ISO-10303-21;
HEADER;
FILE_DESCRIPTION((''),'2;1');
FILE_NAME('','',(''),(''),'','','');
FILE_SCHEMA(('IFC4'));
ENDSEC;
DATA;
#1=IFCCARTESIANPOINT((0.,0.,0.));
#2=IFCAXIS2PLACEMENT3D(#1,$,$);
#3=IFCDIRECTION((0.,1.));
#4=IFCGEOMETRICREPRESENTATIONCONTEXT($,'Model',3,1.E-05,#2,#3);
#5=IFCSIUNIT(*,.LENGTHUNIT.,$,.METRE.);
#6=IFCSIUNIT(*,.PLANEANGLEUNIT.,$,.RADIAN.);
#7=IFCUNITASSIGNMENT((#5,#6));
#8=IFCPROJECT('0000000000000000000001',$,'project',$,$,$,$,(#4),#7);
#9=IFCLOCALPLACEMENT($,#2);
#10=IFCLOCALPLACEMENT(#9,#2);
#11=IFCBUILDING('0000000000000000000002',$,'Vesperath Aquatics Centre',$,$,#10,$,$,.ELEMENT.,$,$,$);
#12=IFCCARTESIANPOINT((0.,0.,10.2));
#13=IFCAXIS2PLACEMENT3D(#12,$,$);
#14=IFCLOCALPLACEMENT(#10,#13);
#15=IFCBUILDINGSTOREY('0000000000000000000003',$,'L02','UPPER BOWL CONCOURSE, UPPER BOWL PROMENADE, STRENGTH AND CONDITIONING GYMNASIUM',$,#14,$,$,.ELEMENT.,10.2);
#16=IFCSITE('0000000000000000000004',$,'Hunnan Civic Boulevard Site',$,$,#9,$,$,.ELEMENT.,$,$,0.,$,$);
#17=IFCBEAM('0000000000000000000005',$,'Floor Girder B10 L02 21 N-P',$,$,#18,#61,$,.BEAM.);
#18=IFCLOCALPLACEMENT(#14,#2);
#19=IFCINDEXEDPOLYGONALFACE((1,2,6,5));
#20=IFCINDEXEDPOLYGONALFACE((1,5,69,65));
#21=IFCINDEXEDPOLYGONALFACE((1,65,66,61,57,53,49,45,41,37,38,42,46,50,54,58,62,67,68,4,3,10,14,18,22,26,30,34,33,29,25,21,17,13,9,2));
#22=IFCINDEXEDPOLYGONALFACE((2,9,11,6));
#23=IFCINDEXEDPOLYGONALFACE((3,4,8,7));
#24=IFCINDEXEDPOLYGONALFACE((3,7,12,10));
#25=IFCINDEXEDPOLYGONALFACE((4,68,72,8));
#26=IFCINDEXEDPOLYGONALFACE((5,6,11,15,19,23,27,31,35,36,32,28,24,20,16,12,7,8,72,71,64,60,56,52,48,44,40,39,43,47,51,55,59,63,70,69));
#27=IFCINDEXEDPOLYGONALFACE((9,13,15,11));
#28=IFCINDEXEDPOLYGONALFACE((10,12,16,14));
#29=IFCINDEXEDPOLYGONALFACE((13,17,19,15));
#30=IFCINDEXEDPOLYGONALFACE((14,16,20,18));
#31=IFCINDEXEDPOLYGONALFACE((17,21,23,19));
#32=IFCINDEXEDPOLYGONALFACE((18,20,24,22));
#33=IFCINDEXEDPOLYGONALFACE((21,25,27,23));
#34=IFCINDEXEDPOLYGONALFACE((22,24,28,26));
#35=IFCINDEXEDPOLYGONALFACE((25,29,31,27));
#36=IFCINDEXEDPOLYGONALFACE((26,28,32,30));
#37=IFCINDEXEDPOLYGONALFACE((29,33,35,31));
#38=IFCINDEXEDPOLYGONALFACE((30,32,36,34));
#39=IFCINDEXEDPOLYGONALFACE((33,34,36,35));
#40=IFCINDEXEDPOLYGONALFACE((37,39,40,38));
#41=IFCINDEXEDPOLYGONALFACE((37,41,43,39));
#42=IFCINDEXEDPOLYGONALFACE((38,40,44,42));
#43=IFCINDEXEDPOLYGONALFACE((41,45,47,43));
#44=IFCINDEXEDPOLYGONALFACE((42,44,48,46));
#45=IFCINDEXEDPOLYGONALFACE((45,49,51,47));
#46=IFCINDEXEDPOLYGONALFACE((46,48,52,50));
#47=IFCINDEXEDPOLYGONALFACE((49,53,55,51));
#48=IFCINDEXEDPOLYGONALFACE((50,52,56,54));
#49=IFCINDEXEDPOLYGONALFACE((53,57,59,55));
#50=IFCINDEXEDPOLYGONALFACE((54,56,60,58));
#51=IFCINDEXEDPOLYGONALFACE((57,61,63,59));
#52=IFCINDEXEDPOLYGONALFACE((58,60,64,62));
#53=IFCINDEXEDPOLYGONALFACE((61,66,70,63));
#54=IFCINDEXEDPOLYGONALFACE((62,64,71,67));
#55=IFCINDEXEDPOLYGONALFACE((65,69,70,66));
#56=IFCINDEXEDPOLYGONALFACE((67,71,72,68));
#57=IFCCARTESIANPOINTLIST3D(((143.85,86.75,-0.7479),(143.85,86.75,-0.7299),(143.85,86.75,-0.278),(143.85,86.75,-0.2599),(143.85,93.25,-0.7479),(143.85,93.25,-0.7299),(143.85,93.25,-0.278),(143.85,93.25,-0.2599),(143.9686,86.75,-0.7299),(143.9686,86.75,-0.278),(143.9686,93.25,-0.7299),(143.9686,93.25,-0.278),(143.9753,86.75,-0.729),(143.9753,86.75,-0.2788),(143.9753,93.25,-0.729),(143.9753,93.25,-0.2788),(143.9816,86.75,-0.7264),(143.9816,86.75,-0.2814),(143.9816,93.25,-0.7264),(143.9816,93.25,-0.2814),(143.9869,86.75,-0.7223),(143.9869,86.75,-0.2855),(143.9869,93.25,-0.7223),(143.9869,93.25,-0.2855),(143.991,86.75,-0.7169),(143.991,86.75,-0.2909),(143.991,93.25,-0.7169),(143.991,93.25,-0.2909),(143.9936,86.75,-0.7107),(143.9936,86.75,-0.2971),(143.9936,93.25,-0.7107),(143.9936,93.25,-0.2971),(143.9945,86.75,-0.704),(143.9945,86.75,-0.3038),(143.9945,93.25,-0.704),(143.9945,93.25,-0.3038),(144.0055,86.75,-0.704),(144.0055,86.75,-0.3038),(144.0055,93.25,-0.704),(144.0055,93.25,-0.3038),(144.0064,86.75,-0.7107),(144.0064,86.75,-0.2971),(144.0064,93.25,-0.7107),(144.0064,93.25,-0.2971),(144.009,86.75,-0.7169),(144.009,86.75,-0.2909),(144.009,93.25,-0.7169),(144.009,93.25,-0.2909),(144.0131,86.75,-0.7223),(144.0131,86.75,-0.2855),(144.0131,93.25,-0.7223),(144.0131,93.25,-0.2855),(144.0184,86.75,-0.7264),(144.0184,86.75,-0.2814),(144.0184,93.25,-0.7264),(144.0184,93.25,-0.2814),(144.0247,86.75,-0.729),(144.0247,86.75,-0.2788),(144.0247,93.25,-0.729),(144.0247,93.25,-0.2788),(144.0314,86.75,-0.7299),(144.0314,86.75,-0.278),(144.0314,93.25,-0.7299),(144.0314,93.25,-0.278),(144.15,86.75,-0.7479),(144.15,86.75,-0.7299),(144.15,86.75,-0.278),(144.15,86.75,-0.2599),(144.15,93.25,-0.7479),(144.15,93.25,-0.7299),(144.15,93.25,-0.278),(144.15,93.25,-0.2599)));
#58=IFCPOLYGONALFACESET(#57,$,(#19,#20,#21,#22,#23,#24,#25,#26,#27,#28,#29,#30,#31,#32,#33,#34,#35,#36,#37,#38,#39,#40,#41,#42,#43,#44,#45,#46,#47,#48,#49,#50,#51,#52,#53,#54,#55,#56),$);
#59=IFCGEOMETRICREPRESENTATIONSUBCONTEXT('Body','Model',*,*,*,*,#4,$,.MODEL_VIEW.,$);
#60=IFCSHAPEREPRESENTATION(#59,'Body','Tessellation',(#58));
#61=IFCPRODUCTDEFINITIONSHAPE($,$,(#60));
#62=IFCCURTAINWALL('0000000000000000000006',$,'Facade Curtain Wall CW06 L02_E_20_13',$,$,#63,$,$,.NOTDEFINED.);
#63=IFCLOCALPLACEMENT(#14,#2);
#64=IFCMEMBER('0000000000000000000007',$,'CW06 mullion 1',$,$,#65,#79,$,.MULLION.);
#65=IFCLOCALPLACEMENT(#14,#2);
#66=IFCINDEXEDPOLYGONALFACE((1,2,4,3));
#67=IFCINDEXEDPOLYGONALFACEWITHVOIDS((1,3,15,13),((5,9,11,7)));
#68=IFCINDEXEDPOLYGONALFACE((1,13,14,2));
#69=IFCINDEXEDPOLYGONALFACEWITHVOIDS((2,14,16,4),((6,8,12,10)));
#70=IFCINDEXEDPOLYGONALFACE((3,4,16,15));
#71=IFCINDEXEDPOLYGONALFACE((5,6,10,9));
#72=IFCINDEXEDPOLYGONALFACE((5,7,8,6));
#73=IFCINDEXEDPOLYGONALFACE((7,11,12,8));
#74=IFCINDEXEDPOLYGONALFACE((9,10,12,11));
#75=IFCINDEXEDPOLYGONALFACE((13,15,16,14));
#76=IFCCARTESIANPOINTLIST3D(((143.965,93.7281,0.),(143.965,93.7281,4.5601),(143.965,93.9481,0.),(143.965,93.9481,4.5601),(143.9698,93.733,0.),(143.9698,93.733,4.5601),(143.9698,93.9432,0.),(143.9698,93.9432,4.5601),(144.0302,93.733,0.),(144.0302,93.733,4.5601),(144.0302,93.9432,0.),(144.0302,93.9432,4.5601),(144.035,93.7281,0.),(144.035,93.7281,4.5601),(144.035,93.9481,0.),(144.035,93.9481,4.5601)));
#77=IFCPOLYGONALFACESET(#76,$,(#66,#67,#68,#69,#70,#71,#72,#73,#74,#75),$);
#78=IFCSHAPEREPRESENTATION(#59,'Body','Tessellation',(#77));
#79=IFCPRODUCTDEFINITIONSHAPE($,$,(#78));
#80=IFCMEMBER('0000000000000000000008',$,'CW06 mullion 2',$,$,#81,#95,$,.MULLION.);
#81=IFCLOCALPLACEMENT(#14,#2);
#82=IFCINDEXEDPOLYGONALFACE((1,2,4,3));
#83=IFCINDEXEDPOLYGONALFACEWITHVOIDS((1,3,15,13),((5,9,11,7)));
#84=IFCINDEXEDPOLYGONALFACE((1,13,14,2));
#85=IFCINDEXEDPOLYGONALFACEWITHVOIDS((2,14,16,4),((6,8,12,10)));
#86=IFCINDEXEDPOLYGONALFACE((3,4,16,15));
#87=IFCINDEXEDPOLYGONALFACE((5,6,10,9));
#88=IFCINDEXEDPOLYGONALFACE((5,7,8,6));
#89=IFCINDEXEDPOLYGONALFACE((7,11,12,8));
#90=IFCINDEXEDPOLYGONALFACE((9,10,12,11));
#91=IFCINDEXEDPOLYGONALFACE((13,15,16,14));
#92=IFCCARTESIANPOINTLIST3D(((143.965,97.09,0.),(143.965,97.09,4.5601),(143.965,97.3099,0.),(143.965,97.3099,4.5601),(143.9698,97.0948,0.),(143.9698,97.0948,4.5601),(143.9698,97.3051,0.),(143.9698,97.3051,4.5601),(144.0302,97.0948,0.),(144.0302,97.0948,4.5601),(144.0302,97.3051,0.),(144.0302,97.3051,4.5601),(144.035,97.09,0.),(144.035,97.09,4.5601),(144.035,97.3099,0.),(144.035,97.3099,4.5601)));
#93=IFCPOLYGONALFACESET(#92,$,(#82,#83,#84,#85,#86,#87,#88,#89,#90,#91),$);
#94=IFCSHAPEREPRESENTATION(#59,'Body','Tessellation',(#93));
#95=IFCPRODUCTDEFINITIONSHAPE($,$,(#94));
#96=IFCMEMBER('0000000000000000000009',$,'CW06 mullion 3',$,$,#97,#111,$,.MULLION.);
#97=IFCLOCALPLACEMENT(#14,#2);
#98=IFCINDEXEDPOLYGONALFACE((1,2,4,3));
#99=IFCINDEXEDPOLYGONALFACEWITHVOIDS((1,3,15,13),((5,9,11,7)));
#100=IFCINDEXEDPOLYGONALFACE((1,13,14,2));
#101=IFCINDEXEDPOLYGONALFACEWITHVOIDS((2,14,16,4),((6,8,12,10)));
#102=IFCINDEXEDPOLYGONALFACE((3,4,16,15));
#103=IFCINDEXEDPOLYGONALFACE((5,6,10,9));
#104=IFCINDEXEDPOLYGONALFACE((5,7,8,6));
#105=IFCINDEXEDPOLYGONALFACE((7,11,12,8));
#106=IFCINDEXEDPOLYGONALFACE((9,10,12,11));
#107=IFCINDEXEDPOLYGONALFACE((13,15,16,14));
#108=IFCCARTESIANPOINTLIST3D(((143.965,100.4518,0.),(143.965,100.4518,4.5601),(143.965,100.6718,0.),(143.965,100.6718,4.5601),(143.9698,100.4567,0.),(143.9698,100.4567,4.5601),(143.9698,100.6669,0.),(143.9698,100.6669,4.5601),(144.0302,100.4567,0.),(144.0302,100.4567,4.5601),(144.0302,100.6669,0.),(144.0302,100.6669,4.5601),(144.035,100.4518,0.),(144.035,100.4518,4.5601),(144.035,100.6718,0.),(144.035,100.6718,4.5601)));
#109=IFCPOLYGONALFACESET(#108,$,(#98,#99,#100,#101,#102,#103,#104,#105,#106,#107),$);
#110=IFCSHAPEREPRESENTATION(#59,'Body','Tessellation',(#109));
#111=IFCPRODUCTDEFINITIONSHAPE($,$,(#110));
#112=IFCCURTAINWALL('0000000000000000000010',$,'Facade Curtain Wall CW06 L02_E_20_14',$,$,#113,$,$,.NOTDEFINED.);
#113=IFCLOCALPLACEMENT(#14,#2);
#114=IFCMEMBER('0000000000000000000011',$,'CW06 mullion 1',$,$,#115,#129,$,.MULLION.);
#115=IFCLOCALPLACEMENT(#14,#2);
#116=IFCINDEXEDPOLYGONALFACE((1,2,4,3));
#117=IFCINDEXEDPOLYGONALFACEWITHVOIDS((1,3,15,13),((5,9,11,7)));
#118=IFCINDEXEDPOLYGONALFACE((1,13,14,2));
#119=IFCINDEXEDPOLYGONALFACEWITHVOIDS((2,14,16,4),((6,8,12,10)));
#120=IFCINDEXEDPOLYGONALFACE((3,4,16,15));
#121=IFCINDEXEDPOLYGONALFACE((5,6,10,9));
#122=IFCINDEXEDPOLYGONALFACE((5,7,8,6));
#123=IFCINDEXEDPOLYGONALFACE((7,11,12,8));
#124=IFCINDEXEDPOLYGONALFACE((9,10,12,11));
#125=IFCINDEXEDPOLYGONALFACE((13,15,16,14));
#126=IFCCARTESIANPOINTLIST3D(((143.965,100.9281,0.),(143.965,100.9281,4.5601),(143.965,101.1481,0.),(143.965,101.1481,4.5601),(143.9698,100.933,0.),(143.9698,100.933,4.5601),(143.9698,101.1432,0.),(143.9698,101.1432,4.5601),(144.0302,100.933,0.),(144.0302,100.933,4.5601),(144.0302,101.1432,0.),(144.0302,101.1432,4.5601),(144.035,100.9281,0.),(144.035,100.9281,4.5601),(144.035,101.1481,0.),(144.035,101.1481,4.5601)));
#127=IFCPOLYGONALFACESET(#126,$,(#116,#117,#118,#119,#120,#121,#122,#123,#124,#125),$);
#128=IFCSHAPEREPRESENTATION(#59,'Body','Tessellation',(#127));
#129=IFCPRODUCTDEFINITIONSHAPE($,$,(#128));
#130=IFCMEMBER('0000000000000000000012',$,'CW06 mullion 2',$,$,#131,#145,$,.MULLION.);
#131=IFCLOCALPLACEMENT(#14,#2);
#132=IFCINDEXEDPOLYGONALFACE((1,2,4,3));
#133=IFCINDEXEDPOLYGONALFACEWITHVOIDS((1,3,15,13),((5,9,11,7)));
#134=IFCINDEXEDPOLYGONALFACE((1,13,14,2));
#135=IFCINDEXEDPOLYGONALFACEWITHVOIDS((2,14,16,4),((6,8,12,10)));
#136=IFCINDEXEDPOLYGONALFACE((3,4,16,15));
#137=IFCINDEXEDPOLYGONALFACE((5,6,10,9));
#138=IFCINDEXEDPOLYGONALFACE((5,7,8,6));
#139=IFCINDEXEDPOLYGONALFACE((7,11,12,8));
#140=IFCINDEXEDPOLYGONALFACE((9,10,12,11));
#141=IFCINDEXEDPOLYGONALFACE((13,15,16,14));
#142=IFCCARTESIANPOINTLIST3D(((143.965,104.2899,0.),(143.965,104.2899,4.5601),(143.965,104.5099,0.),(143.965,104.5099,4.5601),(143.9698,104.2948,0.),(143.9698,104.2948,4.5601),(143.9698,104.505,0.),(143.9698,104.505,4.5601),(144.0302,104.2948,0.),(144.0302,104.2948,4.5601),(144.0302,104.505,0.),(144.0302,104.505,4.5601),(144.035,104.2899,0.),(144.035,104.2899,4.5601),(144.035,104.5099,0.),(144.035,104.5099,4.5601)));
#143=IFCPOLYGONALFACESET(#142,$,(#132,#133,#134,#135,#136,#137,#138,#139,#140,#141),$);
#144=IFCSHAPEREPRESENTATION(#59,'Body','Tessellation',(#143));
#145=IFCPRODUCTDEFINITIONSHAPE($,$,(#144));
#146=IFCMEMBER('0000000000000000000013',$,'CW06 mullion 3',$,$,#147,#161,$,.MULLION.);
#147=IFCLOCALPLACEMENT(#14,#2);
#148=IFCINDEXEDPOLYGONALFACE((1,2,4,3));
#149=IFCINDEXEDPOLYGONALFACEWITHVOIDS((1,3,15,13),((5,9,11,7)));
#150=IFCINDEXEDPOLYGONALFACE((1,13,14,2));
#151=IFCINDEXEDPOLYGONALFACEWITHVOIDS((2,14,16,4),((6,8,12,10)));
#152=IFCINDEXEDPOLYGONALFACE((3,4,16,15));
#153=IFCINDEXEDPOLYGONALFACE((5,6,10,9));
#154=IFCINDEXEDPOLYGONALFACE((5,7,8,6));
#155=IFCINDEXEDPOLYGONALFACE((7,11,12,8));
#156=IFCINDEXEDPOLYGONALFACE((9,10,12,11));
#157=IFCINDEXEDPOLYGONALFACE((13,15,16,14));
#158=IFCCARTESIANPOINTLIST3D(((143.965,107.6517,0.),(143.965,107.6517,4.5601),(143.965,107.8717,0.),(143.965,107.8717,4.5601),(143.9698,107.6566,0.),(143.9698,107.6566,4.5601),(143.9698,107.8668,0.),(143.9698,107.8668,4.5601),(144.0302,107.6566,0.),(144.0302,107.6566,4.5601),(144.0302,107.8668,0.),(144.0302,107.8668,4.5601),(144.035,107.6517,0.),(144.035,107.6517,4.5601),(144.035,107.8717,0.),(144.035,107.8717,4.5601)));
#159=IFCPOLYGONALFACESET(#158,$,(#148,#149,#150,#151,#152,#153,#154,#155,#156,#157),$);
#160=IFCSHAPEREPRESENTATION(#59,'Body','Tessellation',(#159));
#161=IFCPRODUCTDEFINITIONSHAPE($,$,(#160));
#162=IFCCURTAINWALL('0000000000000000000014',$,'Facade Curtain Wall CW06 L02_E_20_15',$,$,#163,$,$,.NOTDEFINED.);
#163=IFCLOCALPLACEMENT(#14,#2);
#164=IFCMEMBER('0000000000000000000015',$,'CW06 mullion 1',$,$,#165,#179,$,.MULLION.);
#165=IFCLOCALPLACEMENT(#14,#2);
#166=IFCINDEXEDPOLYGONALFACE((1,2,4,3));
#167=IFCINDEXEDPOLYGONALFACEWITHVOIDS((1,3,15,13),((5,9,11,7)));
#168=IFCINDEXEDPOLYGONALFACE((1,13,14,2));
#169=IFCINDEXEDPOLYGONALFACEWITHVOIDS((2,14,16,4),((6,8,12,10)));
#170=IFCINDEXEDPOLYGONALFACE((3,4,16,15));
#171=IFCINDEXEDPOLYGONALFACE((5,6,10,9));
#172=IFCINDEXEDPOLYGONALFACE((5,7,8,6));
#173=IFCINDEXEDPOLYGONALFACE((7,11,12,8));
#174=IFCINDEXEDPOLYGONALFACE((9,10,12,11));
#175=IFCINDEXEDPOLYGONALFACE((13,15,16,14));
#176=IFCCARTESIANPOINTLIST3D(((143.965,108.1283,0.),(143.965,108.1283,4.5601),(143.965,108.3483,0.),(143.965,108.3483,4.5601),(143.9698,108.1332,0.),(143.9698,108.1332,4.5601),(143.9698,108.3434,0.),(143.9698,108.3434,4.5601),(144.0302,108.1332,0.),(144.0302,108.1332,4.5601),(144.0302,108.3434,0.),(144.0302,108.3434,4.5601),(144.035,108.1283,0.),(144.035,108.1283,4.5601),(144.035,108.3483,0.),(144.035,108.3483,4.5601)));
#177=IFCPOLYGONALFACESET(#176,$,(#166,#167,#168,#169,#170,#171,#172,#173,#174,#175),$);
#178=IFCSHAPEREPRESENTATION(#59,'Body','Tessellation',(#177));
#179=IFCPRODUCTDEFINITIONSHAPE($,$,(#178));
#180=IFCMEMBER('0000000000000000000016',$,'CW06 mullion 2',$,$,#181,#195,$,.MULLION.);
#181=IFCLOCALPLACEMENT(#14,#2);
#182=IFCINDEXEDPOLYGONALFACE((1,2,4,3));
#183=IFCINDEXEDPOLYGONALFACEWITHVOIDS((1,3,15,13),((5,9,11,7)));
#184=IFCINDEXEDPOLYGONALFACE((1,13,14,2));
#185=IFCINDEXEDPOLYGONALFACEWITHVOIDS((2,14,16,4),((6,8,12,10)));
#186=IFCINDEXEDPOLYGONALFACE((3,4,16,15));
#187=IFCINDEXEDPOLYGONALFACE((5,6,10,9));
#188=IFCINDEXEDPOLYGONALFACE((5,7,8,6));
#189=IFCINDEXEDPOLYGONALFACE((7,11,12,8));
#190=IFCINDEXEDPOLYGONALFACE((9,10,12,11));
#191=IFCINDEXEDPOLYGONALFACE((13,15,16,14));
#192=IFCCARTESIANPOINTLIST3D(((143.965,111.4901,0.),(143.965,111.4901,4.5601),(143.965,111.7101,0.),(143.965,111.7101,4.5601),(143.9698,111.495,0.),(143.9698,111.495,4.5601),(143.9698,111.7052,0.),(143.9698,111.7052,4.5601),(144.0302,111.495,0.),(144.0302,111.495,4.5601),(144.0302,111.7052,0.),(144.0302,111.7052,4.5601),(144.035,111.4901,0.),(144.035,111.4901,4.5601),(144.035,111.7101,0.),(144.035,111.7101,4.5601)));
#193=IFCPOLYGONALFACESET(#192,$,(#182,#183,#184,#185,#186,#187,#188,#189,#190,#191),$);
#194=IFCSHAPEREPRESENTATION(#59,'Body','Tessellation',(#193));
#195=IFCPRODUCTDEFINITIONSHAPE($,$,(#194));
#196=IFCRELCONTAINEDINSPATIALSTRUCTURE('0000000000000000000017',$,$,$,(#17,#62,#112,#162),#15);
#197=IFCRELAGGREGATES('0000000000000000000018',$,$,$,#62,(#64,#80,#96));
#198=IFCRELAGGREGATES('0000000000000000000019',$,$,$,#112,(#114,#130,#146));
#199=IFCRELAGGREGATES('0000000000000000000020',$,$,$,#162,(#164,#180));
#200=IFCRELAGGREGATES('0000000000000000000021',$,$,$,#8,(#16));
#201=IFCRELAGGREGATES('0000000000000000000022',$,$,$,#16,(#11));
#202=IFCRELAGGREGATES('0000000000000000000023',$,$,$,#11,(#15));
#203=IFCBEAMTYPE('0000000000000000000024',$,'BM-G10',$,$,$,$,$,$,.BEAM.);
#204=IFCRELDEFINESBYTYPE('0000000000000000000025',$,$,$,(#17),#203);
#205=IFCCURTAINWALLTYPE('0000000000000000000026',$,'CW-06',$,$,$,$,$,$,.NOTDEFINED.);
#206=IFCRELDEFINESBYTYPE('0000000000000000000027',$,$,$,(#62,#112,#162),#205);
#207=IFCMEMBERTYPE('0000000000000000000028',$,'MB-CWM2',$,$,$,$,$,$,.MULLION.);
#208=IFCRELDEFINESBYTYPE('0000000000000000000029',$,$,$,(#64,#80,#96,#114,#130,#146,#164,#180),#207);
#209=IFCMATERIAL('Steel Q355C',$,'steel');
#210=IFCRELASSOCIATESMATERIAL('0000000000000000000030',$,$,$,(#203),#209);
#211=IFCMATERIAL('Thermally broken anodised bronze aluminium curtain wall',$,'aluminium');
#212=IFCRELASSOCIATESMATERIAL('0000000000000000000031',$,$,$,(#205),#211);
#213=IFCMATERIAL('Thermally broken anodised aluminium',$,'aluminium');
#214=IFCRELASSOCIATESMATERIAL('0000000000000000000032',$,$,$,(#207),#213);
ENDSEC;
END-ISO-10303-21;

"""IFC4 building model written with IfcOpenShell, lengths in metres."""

from ifc_helpers import new_model, si_unit, direction, frame, origin, origin_2d, place, context, subcontext, project, spatial, hollow_rectangle, i_section, extrude, material, material_profile, profile_set, type_object, element, aggregate, save


model = new_model("IFC4")

# Units and contexts
model_context = context("Model", 3, precision=1e-05, world=origin(), true_north=direction((0.0, 1.0)))
body_context = subcontext(model_context, "Body", "Model", "MODEL_VIEW")
ifc_project = project(units=[si_unit("LENGTHUNIT", "METRE"), si_unit("PLANEANGLEUNIT", "RADIAN")], contexts=[model_context])

# Site, building, storey
site_placement = place(None, origin())
site = spatial("IfcSite", under=ifc_project, at=site_placement, Name="Hunnan Civic Boulevard Site", CompositionType="ELEMENT", RefElevation=0.0)
building_placement = place(site_placement, origin())
building = spatial("IfcBuilding", under=site, at=building_placement, Name="Vesperath Aquatics Centre", CompositionType="ELEMENT")
storey_placement = place(building_placement, frame((0.0, 0.0, 10.2)))
storey = spatial("IfcBuildingStorey", under=building, at=storey_placement, Name="L02", Description="UPPER BOWL CONCOURSE, UPPER BOWL PROMENADE, STRENGTH AND CONDITIONING GYMNASIUM", CompositionType="ELEMENT", Elevation=10.2)

# Beam
ifc_material_1 = material(Name="Steel Q355C", Category="steel")
ifc_material_profile_1 = material_profile(ifc_material_1, i_section(OverallWidth=0.3, OverallDepth=0.488, WebThickness=0.011, FlangeThickness=0.0181, FilletRadius=0.0259, at=origin_2d()), Name="HM 488x300x11x18")
ifc_profile_set_1 = profile_set([ifc_material_profile_1], Name="Steel Q355C")
beam_type = type_object("IfcBeamType", Name="BM-G10", PredefinedType="BEAM", material=ifc_profile_set_1)
beam_placement = place(storey_placement, frame((144.0, 86.75, -0.5039), z_axis=(0.0, 1.0, 0.0), x_axis=(-1.0, 0.0, 0.0)))
element("IfcBeam", 1, at=beam_placement, inside=storey, type_object=beam_type, Name="Floor Girder B10 L02 21 N-P", PredefinedType="BEAM", context=body_context, shape_type="SweptSolid", body=[
    extrude(i_section(OverallWidth=0.3, OverallDepth=0.488, WebThickness=0.011, FlangeThickness=0.0181, FilletRadius=0.0259, at=origin_2d()), origin(), (0.0, 0.0, 1.0), 6.5),
])

# Curtain walls, members
ifc_material_2 = material(Name="Thermally broken anodised bronze aluminium curtain wall", Category="aluminium")
curtain_wall_type = type_object("IfcCurtainWallType", Name="CW-06", PredefinedType="NOTDEFINED", material=ifc_material_2)
curtain_wall_1_placement = place(storey_placement, origin())
curtain_wall_1 = element("IfcCurtainWall", 2, at=curtain_wall_1_placement, inside=storey, type_object=curtain_wall_type, Name="Facade Curtain Wall CW06 L02_E_20_13", PredefinedType="NOTDEFINED")
ifc_material_3 = material(Name="Thermally broken anodised aluminium", Category="aluminium")
ifc_material_profile_2 = material_profile(ifc_material_3, hollow_rectangle(XDim=0.0701, YDim=0.22, WallThickness=0.0049, at=origin_2d()), Name="CWM 70x220x5")
ifc_profile_set_2 = profile_set([ifc_material_profile_2], Name="Thermally broken anodised aluminium")
member_type_1 = type_object("IfcMemberType", Name="MB-CWM2", PredefinedType="MULLION", material=ifc_profile_set_2)
member_1_placement = place(storey_placement, frame((144.0, 93.8381, 0.0), z_axis=(0.0, 0.0, 1.0), x_axis=(-1.0, 0.0, 0.0)))
member_1 = element("IfcMember", 3, at=member_1_placement, type_object=member_type_1, Name="CW06 mullion 1", PredefinedType="MULLION", context=body_context, shape_type="SweptSolid", body=[
    extrude(hollow_rectangle(XDim=0.0701, YDim=0.22, WallThickness=0.0049, at=origin_2d()), origin(), (0.0, 0.0, 1.0), 4.5601),
])
member_2_placement = place(storey_placement, frame((144.0, 97.2, 0.0), z_axis=(0.0, 0.0, 1.0), x_axis=(-1.0, 0.0, 0.0)))
member_2 = element("IfcMember", 4, at=member_2_placement, type_object=member_type_1, Name="CW06 mullion 2", PredefinedType="MULLION", context=body_context, shape_type="SweptSolid", body=[
    extrude(hollow_rectangle(XDim=0.0701, YDim=0.22, WallThickness=0.0049, at=origin_2d()), origin(), (0.0, 0.0, 1.0), 4.5601),
])
member_3_placement = place(storey_placement, frame((144.0, 100.5618, 0.0), z_axis=(0.0, 0.0, 1.0), x_axis=(-1.0, 0.0, 0.0)))
member_3 = element("IfcMember", 5, at=member_3_placement, type_object=member_type_1, Name="CW06 mullion 3", PredefinedType="MULLION", context=body_context, shape_type="SweptSolid", body=[
    extrude(hollow_rectangle(XDim=0.0701, YDim=0.22, WallThickness=0.0049, at=origin_2d()), origin(), (0.0, 0.0, 1.0), 4.5601),
])
curtain_wall_2_placement = place(storey_placement, origin())
curtain_wall_2 = element("IfcCurtainWall", 6, at=curtain_wall_2_placement, inside=storey, type_object=curtain_wall_type, Name="Facade Curtain Wall CW06 L02_E_20_14", PredefinedType="NOTDEFINED")
member_4_placement = place(storey_placement, frame((144.0, 101.0381, 0.0), z_axis=(0.0, 0.0, 1.0), x_axis=(-1.0, 0.0, 0.0)))
member_4 = element("IfcMember", 7, at=member_4_placement, type_object=member_type_1, Name="CW06 mullion 1", PredefinedType="MULLION", context=body_context, shape_type="SweptSolid", body=[
    extrude(hollow_rectangle(XDim=0.0701, YDim=0.22, WallThickness=0.0049, at=origin_2d()), origin(), (0.0, 0.0, 1.0), 4.5601),
])
member_5_placement = place(storey_placement, frame((144.0, 104.3999, 0.0), z_axis=(0.0, 0.0, 1.0), x_axis=(-1.0, 0.0, 0.0)))
member_5 = element("IfcMember", 8, at=member_5_placement, type_object=member_type_1, Name="CW06 mullion 2", PredefinedType="MULLION", context=body_context, shape_type="SweptSolid", body=[
    extrude(hollow_rectangle(XDim=0.0701, YDim=0.22, WallThickness=0.0049, at=origin_2d()), origin(), (0.0, 0.0, 1.0), 4.5601),
])
member_6_placement = place(storey_placement, frame((144.0, 107.7617, 0.0), z_axis=(0.0, 0.0, 1.0), x_axis=(-1.0, 0.0, 0.0)))
member_6 = element("IfcMember", 9, at=member_6_placement, type_object=member_type_1, Name="CW06 mullion 3", PredefinedType="MULLION", context=body_context, shape_type="SweptSolid", body=[
    extrude(hollow_rectangle(XDim=0.0701, YDim=0.22, WallThickness=0.0049, at=origin_2d()), origin(), (0.0, 0.0, 1.0), 4.5601),
])
curtain_wall_3_placement = place(storey_placement, origin())
curtain_wall_3 = element("IfcCurtainWall", 10, at=curtain_wall_3_placement, inside=storey, type_object=curtain_wall_type, Name="Facade Curtain Wall CW06 L02_E_20_15", PredefinedType="NOTDEFINED")
member_7_placement = place(storey_placement, frame((144.0, 108.2383, 0.0), z_axis=(0.0, 0.0, 1.0), x_axis=(-1.0, 0.0, 0.0)))
member_7 = element("IfcMember", 11, at=member_7_placement, type_object=member_type_1, Name="CW06 mullion 1", PredefinedType="MULLION", context=body_context, shape_type="SweptSolid", body=[
    extrude(hollow_rectangle(XDim=0.0701, YDim=0.22, WallThickness=0.0049, at=origin_2d()), origin(), (0.0, 0.0, 1.0), 4.5601),
])
member_8_placement = place(storey_placement, frame((144.0, 111.6001, 0.0), z_axis=(0.0, 0.0, 1.0), x_axis=(-1.0, 0.0, 0.0)))
member_8 = element("IfcMember", 12, at=member_8_placement, type_object=member_type_1, Name="CW06 mullion 2", PredefinedType="MULLION", context=body_context, shape_type="SweptSolid", body=[
    extrude(hollow_rectangle(XDim=0.0701, YDim=0.22, WallThickness=0.0049, at=origin_2d()), origin(), (0.0, 0.0, 1.0), 4.5601),
])

aggregate(curtain_wall_1, [member_1, member_2, member_3])
aggregate(curtain_wall_2, [member_4, member_5, member_6])
aggregate(curtain_wall_3, [member_7, member_8])

save(model, "model.ifc")
